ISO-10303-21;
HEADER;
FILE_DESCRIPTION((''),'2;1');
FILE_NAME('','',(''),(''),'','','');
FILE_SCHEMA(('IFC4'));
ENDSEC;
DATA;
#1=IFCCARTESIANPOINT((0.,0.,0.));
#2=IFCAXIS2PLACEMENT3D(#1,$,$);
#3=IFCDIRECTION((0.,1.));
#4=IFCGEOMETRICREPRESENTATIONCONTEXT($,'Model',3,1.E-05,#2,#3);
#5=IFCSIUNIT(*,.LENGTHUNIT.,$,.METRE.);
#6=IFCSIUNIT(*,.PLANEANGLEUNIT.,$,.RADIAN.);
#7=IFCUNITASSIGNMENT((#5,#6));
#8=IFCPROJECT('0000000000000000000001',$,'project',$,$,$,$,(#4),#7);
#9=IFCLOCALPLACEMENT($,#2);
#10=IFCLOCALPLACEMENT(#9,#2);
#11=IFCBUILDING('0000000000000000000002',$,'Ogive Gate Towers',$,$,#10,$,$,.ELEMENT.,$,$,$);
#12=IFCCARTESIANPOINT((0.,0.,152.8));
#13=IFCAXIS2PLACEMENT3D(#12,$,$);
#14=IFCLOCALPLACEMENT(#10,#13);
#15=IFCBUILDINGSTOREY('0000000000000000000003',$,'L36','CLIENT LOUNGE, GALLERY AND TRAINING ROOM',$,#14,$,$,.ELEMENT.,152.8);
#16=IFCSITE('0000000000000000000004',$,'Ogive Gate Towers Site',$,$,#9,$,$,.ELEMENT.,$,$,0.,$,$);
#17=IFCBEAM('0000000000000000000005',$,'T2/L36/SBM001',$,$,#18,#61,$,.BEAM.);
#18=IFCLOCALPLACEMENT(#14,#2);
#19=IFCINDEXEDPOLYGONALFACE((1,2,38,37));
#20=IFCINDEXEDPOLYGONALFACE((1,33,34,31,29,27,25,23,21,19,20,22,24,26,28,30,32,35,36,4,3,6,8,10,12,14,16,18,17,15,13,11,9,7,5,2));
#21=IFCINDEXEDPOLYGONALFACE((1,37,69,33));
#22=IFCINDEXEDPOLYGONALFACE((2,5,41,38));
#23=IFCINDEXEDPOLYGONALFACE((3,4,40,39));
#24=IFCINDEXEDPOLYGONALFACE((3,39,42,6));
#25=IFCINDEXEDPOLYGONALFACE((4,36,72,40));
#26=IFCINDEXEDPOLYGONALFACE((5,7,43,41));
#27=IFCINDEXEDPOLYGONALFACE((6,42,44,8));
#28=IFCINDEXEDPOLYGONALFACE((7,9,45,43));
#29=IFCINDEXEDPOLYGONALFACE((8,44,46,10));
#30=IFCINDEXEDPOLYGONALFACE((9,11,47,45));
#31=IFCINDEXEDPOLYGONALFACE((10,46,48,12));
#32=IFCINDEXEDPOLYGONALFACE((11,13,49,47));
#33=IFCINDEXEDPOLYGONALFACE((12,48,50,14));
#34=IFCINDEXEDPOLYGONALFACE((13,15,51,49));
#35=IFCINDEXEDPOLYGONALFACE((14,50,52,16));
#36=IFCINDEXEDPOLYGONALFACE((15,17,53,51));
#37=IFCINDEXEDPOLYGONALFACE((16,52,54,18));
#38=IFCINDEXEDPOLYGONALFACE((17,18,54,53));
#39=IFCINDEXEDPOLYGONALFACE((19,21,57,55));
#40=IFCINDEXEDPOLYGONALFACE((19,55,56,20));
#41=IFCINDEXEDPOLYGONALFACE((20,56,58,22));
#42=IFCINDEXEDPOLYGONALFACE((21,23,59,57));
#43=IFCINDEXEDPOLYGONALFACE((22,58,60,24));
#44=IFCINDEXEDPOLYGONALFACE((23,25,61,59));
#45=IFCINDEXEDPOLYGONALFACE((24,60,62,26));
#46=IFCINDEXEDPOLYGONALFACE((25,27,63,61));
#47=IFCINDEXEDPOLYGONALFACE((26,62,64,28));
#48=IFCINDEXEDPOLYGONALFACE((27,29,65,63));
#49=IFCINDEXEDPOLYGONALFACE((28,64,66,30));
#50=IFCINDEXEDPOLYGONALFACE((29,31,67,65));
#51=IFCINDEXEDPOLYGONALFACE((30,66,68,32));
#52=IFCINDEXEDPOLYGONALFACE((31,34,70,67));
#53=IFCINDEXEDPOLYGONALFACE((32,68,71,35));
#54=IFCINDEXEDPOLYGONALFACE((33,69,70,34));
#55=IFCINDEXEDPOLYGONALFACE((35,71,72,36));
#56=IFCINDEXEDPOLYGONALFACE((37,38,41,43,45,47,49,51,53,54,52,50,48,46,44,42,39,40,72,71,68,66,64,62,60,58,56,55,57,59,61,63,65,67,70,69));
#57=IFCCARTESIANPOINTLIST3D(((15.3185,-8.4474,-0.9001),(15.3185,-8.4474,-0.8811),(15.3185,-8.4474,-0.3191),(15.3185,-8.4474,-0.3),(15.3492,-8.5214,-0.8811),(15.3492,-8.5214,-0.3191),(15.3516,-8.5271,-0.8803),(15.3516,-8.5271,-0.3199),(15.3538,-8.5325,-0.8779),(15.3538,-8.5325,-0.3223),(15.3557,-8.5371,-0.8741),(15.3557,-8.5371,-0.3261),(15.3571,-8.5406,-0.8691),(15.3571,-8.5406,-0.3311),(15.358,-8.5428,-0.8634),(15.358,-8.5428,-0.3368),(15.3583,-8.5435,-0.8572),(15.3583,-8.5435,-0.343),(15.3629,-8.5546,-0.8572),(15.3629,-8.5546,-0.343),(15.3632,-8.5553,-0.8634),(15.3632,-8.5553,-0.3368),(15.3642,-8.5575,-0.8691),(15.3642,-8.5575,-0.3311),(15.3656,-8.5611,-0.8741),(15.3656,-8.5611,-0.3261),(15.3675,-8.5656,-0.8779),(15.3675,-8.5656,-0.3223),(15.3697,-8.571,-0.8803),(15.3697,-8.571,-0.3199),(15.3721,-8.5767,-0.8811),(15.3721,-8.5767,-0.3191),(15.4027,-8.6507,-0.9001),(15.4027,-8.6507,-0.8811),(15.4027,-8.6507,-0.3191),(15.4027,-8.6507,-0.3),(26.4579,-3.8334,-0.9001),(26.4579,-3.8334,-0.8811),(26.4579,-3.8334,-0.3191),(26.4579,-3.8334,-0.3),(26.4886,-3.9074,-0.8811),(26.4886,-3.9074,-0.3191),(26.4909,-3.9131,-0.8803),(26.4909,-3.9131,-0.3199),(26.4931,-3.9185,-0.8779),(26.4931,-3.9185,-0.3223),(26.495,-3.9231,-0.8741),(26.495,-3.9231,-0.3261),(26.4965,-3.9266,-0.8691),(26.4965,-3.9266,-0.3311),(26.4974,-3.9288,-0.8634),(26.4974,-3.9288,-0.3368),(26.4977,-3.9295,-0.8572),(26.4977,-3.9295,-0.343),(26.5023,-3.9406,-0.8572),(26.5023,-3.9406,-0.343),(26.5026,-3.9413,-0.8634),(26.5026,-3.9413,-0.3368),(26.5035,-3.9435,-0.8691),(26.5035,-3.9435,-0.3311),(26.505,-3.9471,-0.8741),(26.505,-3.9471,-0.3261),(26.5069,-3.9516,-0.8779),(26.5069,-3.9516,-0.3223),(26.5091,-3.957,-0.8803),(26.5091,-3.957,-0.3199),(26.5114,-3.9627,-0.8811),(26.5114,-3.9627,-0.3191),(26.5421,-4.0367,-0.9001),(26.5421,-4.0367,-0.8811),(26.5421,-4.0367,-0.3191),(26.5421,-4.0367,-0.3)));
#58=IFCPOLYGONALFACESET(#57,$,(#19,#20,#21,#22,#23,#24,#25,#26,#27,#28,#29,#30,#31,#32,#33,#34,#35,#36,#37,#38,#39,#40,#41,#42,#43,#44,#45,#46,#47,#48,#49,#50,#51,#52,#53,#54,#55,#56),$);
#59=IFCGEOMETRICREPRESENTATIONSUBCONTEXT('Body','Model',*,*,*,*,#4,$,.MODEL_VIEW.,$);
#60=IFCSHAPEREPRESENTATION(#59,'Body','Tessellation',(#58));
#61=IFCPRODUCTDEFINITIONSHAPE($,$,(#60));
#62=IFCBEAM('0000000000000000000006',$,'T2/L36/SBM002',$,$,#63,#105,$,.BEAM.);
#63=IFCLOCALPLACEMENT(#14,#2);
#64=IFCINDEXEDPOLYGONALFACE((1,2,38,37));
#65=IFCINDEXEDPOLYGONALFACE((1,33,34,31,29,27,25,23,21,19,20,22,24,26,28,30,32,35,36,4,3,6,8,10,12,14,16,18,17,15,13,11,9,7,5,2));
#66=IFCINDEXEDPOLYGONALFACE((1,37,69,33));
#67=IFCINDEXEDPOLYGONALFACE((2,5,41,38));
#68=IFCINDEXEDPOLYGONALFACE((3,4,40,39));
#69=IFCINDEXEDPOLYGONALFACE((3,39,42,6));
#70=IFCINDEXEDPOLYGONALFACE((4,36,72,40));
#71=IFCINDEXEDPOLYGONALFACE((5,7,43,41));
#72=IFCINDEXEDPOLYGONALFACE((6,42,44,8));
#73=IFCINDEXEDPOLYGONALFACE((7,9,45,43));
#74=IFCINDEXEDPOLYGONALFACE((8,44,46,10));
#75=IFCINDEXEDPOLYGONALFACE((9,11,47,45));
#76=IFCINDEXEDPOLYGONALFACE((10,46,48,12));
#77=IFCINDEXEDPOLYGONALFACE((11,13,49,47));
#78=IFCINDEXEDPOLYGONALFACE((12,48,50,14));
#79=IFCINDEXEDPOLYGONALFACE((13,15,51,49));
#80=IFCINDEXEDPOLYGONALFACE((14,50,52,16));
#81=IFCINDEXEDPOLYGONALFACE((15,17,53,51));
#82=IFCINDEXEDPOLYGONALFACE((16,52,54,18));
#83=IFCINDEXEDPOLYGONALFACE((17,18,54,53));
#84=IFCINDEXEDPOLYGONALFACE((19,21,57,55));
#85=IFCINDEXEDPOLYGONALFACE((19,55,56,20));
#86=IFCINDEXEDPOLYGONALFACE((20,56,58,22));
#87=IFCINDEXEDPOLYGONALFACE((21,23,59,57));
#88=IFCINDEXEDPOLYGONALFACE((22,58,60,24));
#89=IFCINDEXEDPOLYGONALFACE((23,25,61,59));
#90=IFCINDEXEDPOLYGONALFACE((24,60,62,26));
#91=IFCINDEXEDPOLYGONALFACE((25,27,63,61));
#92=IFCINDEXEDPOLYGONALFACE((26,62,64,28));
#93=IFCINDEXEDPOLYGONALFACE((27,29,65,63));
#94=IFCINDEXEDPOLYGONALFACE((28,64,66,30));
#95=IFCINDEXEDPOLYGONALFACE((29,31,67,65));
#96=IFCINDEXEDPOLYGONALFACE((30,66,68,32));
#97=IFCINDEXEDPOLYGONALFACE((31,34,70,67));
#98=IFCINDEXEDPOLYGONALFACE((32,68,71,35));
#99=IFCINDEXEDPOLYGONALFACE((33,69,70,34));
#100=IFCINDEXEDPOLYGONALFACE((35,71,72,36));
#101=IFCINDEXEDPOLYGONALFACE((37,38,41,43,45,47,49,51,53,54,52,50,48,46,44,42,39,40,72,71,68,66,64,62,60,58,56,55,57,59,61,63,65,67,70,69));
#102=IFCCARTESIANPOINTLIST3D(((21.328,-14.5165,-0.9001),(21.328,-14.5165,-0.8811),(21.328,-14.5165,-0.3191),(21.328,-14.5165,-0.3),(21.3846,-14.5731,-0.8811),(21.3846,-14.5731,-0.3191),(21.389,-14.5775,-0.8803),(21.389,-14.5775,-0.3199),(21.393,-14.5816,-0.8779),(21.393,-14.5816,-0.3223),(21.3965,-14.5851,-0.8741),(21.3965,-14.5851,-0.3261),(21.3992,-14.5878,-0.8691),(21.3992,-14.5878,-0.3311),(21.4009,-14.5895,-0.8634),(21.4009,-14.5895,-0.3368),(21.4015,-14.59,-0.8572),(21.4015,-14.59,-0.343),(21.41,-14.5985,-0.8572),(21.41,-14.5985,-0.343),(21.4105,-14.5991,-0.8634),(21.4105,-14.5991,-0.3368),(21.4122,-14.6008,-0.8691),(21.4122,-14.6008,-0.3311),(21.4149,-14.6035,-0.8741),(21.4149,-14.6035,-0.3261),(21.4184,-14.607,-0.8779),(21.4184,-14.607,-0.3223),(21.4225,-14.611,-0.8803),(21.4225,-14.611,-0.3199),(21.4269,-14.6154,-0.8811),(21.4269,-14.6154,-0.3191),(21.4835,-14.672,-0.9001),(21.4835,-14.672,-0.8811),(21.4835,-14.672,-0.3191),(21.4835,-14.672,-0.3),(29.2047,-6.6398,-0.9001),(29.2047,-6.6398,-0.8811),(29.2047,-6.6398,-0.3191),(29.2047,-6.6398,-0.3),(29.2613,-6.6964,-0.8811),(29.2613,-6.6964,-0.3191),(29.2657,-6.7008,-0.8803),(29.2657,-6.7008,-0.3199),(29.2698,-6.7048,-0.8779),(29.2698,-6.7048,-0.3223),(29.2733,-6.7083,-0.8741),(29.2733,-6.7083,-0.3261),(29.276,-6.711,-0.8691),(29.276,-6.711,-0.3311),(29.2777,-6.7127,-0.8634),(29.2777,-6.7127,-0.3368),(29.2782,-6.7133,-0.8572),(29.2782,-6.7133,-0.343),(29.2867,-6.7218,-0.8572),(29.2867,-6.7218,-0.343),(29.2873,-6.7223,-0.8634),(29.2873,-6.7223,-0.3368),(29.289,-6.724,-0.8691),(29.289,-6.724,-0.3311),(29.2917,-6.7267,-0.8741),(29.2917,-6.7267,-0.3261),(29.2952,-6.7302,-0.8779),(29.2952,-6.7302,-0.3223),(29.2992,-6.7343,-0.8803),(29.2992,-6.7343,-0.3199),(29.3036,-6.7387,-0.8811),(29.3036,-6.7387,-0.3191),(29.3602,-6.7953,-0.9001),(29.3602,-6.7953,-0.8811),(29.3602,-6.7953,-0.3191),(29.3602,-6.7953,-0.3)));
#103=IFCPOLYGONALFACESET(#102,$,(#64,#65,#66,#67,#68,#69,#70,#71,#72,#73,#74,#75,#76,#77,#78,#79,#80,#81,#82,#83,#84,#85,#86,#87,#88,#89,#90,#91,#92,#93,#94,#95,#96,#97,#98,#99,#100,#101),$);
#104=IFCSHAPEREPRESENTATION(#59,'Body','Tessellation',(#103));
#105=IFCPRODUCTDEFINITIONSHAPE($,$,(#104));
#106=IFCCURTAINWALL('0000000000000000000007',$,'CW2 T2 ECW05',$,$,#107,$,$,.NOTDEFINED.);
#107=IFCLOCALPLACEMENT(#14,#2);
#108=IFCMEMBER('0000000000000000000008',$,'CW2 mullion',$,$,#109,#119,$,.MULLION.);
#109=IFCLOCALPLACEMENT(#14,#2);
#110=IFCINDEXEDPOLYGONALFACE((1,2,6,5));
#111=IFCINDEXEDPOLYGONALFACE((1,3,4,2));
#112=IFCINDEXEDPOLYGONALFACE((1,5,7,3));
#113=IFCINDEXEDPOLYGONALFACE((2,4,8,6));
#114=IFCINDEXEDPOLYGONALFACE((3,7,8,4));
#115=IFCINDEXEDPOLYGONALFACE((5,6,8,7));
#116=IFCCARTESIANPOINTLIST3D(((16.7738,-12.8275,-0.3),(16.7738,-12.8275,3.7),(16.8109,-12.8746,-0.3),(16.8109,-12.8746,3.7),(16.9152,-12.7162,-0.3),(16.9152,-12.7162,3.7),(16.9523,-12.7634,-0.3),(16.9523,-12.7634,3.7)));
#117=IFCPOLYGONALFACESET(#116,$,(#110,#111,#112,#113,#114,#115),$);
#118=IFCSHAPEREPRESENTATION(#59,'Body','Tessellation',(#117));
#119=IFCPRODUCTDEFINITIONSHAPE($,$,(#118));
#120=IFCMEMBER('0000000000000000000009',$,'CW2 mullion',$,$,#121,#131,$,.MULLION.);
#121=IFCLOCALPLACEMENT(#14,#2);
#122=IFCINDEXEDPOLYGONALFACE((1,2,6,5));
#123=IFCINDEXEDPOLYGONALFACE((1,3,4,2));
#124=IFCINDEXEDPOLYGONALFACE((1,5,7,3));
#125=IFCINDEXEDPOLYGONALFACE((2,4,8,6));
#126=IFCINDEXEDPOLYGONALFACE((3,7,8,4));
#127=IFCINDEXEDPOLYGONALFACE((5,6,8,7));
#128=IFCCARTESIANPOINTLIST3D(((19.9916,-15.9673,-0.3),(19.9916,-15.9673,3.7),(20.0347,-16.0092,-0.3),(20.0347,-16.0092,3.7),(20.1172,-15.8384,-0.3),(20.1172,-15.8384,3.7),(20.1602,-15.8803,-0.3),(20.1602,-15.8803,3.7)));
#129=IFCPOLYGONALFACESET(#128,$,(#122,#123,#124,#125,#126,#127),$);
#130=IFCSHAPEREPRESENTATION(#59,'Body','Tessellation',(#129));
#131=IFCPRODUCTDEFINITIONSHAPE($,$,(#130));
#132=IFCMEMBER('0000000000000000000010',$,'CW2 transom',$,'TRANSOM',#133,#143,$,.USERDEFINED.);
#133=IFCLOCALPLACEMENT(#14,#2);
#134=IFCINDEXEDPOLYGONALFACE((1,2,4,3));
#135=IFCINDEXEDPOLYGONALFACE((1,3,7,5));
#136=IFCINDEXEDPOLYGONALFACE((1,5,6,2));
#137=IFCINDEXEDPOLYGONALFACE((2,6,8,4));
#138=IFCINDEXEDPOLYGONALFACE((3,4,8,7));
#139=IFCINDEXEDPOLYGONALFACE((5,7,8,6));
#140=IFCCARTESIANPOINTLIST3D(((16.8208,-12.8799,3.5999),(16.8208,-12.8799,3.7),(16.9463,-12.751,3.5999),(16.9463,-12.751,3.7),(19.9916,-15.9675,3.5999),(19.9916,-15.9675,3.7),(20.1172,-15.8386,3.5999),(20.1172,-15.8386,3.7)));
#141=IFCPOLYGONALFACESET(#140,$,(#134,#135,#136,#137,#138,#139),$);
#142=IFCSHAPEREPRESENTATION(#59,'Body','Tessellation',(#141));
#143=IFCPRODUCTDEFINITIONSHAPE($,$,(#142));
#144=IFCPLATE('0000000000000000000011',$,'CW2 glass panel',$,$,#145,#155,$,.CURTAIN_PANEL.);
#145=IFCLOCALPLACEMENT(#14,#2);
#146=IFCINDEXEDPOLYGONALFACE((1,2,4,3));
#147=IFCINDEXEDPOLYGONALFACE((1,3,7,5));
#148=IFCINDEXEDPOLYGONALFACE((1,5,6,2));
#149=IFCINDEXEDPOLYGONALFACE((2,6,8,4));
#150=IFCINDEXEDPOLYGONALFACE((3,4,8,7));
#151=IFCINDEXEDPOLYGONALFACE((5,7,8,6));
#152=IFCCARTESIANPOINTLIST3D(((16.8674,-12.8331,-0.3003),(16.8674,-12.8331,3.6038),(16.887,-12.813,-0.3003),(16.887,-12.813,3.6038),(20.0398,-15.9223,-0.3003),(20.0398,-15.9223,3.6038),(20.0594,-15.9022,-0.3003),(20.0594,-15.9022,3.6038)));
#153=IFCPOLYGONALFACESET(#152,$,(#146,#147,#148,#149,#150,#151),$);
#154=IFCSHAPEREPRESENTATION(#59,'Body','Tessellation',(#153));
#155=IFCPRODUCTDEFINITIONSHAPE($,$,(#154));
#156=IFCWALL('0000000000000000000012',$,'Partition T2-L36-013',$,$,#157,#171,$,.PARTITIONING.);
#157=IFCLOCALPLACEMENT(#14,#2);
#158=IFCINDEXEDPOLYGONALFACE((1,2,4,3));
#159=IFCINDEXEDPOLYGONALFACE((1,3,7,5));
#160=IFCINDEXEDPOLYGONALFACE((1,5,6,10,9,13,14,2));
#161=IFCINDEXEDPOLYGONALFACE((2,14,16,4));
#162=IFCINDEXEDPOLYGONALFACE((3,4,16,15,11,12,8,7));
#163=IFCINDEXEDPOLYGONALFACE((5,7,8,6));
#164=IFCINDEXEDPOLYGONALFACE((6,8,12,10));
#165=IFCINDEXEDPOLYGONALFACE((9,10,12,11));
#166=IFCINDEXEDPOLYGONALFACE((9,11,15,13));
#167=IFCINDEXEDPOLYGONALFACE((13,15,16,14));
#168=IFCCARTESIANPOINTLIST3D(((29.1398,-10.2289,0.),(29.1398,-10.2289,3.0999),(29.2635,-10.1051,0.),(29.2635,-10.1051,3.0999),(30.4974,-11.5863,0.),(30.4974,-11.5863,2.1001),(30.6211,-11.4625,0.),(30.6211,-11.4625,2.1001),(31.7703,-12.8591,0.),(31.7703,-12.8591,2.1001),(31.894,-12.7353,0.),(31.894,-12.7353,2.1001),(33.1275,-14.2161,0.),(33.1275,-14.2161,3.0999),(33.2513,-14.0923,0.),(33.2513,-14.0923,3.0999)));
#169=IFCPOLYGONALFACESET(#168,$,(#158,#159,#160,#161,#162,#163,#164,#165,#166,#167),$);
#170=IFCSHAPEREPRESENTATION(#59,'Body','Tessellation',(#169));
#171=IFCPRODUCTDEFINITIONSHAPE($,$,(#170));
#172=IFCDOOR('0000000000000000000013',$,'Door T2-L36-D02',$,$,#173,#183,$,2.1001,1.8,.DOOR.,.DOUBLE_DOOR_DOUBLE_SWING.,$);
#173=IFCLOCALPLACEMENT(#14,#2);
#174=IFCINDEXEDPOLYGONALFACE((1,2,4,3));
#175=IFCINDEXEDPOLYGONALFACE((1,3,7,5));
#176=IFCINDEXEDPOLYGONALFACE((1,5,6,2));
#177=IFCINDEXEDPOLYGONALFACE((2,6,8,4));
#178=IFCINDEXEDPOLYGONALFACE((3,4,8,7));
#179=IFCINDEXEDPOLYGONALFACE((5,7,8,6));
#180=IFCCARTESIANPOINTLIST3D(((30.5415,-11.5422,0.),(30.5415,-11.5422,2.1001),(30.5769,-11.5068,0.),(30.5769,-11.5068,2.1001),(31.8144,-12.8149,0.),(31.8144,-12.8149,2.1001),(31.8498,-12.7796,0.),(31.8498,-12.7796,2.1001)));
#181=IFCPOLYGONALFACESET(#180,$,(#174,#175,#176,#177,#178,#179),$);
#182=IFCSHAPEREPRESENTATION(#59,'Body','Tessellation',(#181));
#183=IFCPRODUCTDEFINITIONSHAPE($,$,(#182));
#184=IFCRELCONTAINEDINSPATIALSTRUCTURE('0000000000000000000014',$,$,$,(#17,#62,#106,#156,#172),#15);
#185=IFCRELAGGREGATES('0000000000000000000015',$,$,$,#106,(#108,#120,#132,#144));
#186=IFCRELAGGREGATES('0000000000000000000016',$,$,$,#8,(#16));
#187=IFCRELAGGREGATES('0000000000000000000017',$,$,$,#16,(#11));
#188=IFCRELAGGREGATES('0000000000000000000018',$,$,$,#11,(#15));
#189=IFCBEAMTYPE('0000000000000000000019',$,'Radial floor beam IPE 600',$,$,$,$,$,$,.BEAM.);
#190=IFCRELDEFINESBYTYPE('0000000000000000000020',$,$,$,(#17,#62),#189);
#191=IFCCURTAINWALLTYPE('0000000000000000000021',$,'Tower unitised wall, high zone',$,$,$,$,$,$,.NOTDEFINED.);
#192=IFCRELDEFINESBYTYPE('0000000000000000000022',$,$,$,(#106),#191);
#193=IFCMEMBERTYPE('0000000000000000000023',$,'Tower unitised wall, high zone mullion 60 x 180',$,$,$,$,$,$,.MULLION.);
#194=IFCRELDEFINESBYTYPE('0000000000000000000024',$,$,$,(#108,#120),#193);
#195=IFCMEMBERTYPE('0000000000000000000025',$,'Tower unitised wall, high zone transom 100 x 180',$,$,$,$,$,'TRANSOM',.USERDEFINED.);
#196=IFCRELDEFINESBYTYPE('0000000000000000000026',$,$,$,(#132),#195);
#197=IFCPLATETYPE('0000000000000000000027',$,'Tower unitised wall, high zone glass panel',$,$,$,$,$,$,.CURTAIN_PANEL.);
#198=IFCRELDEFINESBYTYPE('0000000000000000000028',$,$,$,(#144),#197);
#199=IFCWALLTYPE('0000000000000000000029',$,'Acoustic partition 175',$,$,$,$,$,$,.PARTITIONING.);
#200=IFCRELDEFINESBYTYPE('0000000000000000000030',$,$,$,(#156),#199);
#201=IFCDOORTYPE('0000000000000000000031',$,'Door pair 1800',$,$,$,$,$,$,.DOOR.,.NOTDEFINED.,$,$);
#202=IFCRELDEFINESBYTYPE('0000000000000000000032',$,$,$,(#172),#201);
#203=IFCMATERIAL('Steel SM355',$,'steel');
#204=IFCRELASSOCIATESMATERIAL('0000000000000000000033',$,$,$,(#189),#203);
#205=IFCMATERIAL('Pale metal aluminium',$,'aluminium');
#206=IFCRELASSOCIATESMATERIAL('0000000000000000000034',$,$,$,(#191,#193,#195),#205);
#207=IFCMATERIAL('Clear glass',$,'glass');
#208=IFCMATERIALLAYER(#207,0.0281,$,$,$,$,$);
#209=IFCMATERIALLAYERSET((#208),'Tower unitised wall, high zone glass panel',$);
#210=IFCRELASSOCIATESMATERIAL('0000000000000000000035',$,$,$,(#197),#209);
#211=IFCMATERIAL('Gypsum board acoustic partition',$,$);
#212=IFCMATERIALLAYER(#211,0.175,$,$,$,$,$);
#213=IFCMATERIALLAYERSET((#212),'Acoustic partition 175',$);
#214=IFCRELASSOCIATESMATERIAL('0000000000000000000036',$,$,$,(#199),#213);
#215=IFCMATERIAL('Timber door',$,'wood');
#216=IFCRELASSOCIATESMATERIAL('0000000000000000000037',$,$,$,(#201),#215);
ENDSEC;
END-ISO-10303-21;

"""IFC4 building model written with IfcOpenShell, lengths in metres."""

from ifc_helpers import new_model, si_unit, direction, frame, frame_2d, origin, origin_2d, place, context, subcontext, project, spatial, rectangle, i_section, extrude, material, layer, layer_set, material_profile, profile_set, type_object, element, fill, aggregate, save


model = new_model("IFC4")

# Units and contexts
model_context = context("Model", 3, precision=1e-05, world=origin(), true_north=direction((0.0, 1.0)))
body_context = subcontext(model_context, "Body", "Model", "MODEL_VIEW")
ifc_project = project(units=[si_unit("LENGTHUNIT", "METRE"), si_unit("PLANEANGLEUNIT", "RADIAN")], contexts=[model_context])

# Site, building, storey
site_placement = place(None, origin())
site = spatial("IfcSite", under=ifc_project, at=site_placement, Name="Ogive Gate Towers Site", CompositionType="ELEMENT", RefElevation=0.0)
building_placement = place(site_placement, origin())
building = spatial("IfcBuilding", under=site, at=building_placement, Name="Ogive Gate Towers", CompositionType="ELEMENT")
storey_placement = place(building_placement, frame((0.0, 0.0, 152.8)))
storey = spatial("IfcBuildingStorey", under=building, at=storey_placement, Name="L36", Description="CLIENT LOUNGE, GALLERY AND TRAINING ROOM", CompositionType="ELEMENT", Elevation=152.8)

# Beams
ifc_material_1 = material(Name="Steel SM355", Category="steel")
ifc_material_profile_1 = material_profile(ifc_material_1, i_section(OverallWidth=0.22, OverallDepth=0.6001, WebThickness=0.012, FlangeThickness=0.019, FilletRadius=0.0239, at=origin_2d()), Name="IPE 600")
ifc_profile_set_1 = profile_set([ifc_material_profile_1], Name="Steel SM355")
beam_type = type_object("IfcBeamType", Name="Radial floor beam IPE 600", PredefinedType="BEAM", material=ifc_profile_set_1)
beam_1_placement = place(storey_placement, frame((26.5, -3.9351, -0.6001), z_axis=(-0.923882, -0.382678, 0.0), x_axis=(0.382678, -0.923882, 0.0)))
element("IfcBeam", 1, at=beam_1_placement, inside=storey, type_object=beam_type, Name="T2/L36/SBM001", PredefinedType="BEAM", context=body_context, shape_type="SweptSolid", body=[
    extrude(i_section(OverallWidth=0.22, OverallDepth=0.6001, WebThickness=0.012, FlangeThickness=0.019, FilletRadius=0.0239, at=origin_2d()), origin(), (0.0, 0.0, 1.0), 12.0571),
])
beam_2_placement = place(storey_placement, frame((29.2825, -6.7175, -0.6001), z_axis=(-0.707107, -0.707107, 0.0), x_axis=(0.707107, -0.707107, 0.0)))
element("IfcBeam", 2, at=beam_2_placement, inside=storey, type_object=beam_type, Name="T2/L36/SBM002", PredefinedType="BEAM", context=body_context, shape_type="SweptSolid", body=[
    extrude(i_section(OverallWidth=0.22, OverallDepth=0.6001, WebThickness=0.012, FlangeThickness=0.019, FilletRadius=0.0239, at=origin_2d()), origin(), (0.0, 0.0, 1.0), 11.1394),
])

# Curtain wall, members, plate
ifc_material_2 = material(Name="Pale metal aluminium", Category="aluminium")
curtain_wall_type = type_object("IfcCurtainWallType", Name="Tower unitised wall, high zone", PredefinedType="NOTDEFINED", material=ifc_material_2)
curtain_wall_placement = place(storey_placement, origin())
curtain_wall = element("IfcCurtainWall", 3, at=curtain_wall_placement, inside=storey, type_object=curtain_wall_type, Name="CW2 T2 ECW05", PredefinedType="NOTDEFINED")
ifc_material_profile_2 = material_profile(ifc_material_2, rectangle(XDim=0.1799, YDim=0.0601, at=origin_2d()), Name="60 x 180 aluminium box")
ifc_profile_set_2 = profile_set([ifc_material_profile_2], Name="Pale metal aluminium")
member_type_1 = type_object("IfcMemberType", Name="Tower unitised wall, high zone mullion 60 x 180", PredefinedType="MULLION", material=ifc_profile_set_2)
member_1_placement = place(storey_placement, frame((16.863, -12.7954, -0.3), z_axis=(0.0, 0.0, 1.0), x_axis=(-0.785803, -0.618477, 0.0)))
member_1 = element("IfcMember", 4, at=member_1_placement, type_object=member_type_1, Name="CW2 mullion", PredefinedType="MULLION", context=body_context, shape_type="SweptSolid", body=[
    extrude(rectangle(XDim=0.1799, YDim=0.0601, at=origin_2d()), origin(), (0.0, 0.0, 1.0), 4.0),
])
member_2_placement = place(storey_placement, frame((20.0759, -15.9238, -0.3), z_axis=(0.0, 0.0, 1.0), x_axis=(-0.697653, -0.716436, 0.0)))
member_2 = element("IfcMember", 5, at=member_2_placement, type_object=member_type_1, Name="CW2 mullion", PredefinedType="MULLION", context=body_context, shape_type="SweptSolid", body=[
    extrude(rectangle(XDim=0.1799, YDim=0.0601, at=origin_2d()), origin(), (0.0, 0.0, 1.0), 4.0),
])
ifc_material_profile_3 = material_profile(ifc_material_2, rectangle(XDim=0.1799, YDim=0.1001, at=origin_2d()), Name="100 x 180 aluminium box")
ifc_profile_set_3 = profile_set([ifc_material_profile_3], Name="Pale metal aluminium")
member_type_2 = type_object("IfcMemberType", Name="Tower unitised wall, high zone transom 100 x 180", ElementType="TRANSOM", PredefinedType="USERDEFINED", material=ifc_profile_set_3)
member_3_placement = place(storey_placement, frame((16.8835, -12.8154, 3.6499), z_axis=(0.716449, -0.697639, 0.0), x_axis=(0.697639, 0.716449, 0.0)))
member_3 = element("IfcMember", 6, at=member_3_placement, type_object=member_type_2, Name="CW2 transom", ObjectType="TRANSOM", PredefinedType="USERDEFINED", context=body_context, shape_type="SweptSolid", body=[
    extrude(rectangle(XDim=0.1799, YDim=0.1001, at=origin_2d()), origin(), (0.0, 0.0, 1.0), 4.4258),
])
ifc_material_3 = material(Name="Clear glass", Category="glass")
ifc_layer_1 = layer(ifc_material_3, 0.0281)
ifc_layer_set_1 = layer_set([ifc_layer_1], Name="Tower unitised wall, high zone glass panel")
plate_type = type_object("IfcPlateType", Name="Tower unitised wall, high zone glass panel", PredefinedType="CURTAIN_PANEL", material=ifc_layer_set_1)
plate_placement = place(storey_placement, frame((18.4634, -14.3677, -0.3003), z_axis=(0.0, 0.0, 1.0), x_axis=(0.716436, -0.697653, 0.0)))
plate = element("IfcPlate", 7, at=plate_placement, type_object=plate_type, Name="CW2 glass panel", PredefinedType="CURTAIN_PANEL", context=body_context, shape_type="SweptSolid", body=[
    extrude(rectangle(XDim=4.428, YDim=0.0281, at=origin_2d()), origin(), (0.0, 0.0, 1.0), 3.9041),
])
aggregate(curtain_wall, [member_1, member_2, member_3, plate])

# Wall, opening, door
ifc_material_4 = material(Name="Gypsum board acoustic partition")
ifc_layer_2 = layer(ifc_material_4, 0.175)
ifc_layer_set_2 = layer_set([ifc_layer_2], Name="Acoustic partition 175")
wall_type_1 = type_object("IfcWallType", Name="Acoustic partition 175", PredefinedType="PARTITIONING", material=ifc_layer_set_2)
wall_1_placement = place(storey_placement, frame((29.2017, -10.167, 0.0), z_axis=(0.0, 0.0, 1.0), x_axis=(0.70715, -0.707063, 0.0)))
wall_1 = element("IfcWall", 8, at=wall_1_placement, inside=storey, type_object=wall_type_1, Name="Partition T2-L36-013", PredefinedType="PARTITIONING", context=body_context, shape_type="SweptSolid", body=[
    extrude(rectangle(XDim=5.6392, YDim=0.175, at=frame_2d((2.8196, 0.0))), origin(), (0.0, 0.0, 1.0), 3.0999),
])
opening_1_placement = place(wall_1_placement, frame((1.9199, 0.0, 0.0)))
opening_1 = element("IfcOpeningElement", 9, at=opening_1_placement, cuts=wall_1, PredefinedType="OPENING", context=body_context, shape_type="SweptSolid", body=[
    extrude(rectangle(XDim=1.8, YDim=2.1001, at=frame_2d((0.8999, 1.05))), frame((0.0, 0.0977, 0.0), z_axis=(0.0, -1.0, 0.0), x_axis=(1.0, 0.0, 0.0)), (0.0, 0.0, 1.0), 0.1951),
])
ifc_material_5 = material(Name="Timber door", Category="wood")
door_type_1 = type_object("IfcDoorType", Name="Door pair 1800", OperationType="NOTDEFINED", PredefinedType="DOOR", material=ifc_material_5)
door_1_placement = place(opening_1_placement, origin())
door_1 = element("IfcDoor", 10, at=door_1_placement, inside=storey, type_object=door_type_1, Name="Door T2-L36-D02", OperationType="DOUBLE_DOOR_DOUBLE_SWING", OverallHeight=2.1001, OverallWidth=1.8, PredefinedType="DOOR", context=body_context, shape_type="SweptSolid", body=[
    extrude(rectangle(XDim=1.8, YDim=2.1001, at=frame_2d((0.8999, 1.05))), frame((0.0, 0.0249, 0.0), z_axis=(0.0, -1.0, 0.0), x_axis=(1.0, 0.0, 0.0)), (0.0, 0.0, 1.0), 0.05),
])
fill(opening_1, door_1)

save(model, "model.ifc")
